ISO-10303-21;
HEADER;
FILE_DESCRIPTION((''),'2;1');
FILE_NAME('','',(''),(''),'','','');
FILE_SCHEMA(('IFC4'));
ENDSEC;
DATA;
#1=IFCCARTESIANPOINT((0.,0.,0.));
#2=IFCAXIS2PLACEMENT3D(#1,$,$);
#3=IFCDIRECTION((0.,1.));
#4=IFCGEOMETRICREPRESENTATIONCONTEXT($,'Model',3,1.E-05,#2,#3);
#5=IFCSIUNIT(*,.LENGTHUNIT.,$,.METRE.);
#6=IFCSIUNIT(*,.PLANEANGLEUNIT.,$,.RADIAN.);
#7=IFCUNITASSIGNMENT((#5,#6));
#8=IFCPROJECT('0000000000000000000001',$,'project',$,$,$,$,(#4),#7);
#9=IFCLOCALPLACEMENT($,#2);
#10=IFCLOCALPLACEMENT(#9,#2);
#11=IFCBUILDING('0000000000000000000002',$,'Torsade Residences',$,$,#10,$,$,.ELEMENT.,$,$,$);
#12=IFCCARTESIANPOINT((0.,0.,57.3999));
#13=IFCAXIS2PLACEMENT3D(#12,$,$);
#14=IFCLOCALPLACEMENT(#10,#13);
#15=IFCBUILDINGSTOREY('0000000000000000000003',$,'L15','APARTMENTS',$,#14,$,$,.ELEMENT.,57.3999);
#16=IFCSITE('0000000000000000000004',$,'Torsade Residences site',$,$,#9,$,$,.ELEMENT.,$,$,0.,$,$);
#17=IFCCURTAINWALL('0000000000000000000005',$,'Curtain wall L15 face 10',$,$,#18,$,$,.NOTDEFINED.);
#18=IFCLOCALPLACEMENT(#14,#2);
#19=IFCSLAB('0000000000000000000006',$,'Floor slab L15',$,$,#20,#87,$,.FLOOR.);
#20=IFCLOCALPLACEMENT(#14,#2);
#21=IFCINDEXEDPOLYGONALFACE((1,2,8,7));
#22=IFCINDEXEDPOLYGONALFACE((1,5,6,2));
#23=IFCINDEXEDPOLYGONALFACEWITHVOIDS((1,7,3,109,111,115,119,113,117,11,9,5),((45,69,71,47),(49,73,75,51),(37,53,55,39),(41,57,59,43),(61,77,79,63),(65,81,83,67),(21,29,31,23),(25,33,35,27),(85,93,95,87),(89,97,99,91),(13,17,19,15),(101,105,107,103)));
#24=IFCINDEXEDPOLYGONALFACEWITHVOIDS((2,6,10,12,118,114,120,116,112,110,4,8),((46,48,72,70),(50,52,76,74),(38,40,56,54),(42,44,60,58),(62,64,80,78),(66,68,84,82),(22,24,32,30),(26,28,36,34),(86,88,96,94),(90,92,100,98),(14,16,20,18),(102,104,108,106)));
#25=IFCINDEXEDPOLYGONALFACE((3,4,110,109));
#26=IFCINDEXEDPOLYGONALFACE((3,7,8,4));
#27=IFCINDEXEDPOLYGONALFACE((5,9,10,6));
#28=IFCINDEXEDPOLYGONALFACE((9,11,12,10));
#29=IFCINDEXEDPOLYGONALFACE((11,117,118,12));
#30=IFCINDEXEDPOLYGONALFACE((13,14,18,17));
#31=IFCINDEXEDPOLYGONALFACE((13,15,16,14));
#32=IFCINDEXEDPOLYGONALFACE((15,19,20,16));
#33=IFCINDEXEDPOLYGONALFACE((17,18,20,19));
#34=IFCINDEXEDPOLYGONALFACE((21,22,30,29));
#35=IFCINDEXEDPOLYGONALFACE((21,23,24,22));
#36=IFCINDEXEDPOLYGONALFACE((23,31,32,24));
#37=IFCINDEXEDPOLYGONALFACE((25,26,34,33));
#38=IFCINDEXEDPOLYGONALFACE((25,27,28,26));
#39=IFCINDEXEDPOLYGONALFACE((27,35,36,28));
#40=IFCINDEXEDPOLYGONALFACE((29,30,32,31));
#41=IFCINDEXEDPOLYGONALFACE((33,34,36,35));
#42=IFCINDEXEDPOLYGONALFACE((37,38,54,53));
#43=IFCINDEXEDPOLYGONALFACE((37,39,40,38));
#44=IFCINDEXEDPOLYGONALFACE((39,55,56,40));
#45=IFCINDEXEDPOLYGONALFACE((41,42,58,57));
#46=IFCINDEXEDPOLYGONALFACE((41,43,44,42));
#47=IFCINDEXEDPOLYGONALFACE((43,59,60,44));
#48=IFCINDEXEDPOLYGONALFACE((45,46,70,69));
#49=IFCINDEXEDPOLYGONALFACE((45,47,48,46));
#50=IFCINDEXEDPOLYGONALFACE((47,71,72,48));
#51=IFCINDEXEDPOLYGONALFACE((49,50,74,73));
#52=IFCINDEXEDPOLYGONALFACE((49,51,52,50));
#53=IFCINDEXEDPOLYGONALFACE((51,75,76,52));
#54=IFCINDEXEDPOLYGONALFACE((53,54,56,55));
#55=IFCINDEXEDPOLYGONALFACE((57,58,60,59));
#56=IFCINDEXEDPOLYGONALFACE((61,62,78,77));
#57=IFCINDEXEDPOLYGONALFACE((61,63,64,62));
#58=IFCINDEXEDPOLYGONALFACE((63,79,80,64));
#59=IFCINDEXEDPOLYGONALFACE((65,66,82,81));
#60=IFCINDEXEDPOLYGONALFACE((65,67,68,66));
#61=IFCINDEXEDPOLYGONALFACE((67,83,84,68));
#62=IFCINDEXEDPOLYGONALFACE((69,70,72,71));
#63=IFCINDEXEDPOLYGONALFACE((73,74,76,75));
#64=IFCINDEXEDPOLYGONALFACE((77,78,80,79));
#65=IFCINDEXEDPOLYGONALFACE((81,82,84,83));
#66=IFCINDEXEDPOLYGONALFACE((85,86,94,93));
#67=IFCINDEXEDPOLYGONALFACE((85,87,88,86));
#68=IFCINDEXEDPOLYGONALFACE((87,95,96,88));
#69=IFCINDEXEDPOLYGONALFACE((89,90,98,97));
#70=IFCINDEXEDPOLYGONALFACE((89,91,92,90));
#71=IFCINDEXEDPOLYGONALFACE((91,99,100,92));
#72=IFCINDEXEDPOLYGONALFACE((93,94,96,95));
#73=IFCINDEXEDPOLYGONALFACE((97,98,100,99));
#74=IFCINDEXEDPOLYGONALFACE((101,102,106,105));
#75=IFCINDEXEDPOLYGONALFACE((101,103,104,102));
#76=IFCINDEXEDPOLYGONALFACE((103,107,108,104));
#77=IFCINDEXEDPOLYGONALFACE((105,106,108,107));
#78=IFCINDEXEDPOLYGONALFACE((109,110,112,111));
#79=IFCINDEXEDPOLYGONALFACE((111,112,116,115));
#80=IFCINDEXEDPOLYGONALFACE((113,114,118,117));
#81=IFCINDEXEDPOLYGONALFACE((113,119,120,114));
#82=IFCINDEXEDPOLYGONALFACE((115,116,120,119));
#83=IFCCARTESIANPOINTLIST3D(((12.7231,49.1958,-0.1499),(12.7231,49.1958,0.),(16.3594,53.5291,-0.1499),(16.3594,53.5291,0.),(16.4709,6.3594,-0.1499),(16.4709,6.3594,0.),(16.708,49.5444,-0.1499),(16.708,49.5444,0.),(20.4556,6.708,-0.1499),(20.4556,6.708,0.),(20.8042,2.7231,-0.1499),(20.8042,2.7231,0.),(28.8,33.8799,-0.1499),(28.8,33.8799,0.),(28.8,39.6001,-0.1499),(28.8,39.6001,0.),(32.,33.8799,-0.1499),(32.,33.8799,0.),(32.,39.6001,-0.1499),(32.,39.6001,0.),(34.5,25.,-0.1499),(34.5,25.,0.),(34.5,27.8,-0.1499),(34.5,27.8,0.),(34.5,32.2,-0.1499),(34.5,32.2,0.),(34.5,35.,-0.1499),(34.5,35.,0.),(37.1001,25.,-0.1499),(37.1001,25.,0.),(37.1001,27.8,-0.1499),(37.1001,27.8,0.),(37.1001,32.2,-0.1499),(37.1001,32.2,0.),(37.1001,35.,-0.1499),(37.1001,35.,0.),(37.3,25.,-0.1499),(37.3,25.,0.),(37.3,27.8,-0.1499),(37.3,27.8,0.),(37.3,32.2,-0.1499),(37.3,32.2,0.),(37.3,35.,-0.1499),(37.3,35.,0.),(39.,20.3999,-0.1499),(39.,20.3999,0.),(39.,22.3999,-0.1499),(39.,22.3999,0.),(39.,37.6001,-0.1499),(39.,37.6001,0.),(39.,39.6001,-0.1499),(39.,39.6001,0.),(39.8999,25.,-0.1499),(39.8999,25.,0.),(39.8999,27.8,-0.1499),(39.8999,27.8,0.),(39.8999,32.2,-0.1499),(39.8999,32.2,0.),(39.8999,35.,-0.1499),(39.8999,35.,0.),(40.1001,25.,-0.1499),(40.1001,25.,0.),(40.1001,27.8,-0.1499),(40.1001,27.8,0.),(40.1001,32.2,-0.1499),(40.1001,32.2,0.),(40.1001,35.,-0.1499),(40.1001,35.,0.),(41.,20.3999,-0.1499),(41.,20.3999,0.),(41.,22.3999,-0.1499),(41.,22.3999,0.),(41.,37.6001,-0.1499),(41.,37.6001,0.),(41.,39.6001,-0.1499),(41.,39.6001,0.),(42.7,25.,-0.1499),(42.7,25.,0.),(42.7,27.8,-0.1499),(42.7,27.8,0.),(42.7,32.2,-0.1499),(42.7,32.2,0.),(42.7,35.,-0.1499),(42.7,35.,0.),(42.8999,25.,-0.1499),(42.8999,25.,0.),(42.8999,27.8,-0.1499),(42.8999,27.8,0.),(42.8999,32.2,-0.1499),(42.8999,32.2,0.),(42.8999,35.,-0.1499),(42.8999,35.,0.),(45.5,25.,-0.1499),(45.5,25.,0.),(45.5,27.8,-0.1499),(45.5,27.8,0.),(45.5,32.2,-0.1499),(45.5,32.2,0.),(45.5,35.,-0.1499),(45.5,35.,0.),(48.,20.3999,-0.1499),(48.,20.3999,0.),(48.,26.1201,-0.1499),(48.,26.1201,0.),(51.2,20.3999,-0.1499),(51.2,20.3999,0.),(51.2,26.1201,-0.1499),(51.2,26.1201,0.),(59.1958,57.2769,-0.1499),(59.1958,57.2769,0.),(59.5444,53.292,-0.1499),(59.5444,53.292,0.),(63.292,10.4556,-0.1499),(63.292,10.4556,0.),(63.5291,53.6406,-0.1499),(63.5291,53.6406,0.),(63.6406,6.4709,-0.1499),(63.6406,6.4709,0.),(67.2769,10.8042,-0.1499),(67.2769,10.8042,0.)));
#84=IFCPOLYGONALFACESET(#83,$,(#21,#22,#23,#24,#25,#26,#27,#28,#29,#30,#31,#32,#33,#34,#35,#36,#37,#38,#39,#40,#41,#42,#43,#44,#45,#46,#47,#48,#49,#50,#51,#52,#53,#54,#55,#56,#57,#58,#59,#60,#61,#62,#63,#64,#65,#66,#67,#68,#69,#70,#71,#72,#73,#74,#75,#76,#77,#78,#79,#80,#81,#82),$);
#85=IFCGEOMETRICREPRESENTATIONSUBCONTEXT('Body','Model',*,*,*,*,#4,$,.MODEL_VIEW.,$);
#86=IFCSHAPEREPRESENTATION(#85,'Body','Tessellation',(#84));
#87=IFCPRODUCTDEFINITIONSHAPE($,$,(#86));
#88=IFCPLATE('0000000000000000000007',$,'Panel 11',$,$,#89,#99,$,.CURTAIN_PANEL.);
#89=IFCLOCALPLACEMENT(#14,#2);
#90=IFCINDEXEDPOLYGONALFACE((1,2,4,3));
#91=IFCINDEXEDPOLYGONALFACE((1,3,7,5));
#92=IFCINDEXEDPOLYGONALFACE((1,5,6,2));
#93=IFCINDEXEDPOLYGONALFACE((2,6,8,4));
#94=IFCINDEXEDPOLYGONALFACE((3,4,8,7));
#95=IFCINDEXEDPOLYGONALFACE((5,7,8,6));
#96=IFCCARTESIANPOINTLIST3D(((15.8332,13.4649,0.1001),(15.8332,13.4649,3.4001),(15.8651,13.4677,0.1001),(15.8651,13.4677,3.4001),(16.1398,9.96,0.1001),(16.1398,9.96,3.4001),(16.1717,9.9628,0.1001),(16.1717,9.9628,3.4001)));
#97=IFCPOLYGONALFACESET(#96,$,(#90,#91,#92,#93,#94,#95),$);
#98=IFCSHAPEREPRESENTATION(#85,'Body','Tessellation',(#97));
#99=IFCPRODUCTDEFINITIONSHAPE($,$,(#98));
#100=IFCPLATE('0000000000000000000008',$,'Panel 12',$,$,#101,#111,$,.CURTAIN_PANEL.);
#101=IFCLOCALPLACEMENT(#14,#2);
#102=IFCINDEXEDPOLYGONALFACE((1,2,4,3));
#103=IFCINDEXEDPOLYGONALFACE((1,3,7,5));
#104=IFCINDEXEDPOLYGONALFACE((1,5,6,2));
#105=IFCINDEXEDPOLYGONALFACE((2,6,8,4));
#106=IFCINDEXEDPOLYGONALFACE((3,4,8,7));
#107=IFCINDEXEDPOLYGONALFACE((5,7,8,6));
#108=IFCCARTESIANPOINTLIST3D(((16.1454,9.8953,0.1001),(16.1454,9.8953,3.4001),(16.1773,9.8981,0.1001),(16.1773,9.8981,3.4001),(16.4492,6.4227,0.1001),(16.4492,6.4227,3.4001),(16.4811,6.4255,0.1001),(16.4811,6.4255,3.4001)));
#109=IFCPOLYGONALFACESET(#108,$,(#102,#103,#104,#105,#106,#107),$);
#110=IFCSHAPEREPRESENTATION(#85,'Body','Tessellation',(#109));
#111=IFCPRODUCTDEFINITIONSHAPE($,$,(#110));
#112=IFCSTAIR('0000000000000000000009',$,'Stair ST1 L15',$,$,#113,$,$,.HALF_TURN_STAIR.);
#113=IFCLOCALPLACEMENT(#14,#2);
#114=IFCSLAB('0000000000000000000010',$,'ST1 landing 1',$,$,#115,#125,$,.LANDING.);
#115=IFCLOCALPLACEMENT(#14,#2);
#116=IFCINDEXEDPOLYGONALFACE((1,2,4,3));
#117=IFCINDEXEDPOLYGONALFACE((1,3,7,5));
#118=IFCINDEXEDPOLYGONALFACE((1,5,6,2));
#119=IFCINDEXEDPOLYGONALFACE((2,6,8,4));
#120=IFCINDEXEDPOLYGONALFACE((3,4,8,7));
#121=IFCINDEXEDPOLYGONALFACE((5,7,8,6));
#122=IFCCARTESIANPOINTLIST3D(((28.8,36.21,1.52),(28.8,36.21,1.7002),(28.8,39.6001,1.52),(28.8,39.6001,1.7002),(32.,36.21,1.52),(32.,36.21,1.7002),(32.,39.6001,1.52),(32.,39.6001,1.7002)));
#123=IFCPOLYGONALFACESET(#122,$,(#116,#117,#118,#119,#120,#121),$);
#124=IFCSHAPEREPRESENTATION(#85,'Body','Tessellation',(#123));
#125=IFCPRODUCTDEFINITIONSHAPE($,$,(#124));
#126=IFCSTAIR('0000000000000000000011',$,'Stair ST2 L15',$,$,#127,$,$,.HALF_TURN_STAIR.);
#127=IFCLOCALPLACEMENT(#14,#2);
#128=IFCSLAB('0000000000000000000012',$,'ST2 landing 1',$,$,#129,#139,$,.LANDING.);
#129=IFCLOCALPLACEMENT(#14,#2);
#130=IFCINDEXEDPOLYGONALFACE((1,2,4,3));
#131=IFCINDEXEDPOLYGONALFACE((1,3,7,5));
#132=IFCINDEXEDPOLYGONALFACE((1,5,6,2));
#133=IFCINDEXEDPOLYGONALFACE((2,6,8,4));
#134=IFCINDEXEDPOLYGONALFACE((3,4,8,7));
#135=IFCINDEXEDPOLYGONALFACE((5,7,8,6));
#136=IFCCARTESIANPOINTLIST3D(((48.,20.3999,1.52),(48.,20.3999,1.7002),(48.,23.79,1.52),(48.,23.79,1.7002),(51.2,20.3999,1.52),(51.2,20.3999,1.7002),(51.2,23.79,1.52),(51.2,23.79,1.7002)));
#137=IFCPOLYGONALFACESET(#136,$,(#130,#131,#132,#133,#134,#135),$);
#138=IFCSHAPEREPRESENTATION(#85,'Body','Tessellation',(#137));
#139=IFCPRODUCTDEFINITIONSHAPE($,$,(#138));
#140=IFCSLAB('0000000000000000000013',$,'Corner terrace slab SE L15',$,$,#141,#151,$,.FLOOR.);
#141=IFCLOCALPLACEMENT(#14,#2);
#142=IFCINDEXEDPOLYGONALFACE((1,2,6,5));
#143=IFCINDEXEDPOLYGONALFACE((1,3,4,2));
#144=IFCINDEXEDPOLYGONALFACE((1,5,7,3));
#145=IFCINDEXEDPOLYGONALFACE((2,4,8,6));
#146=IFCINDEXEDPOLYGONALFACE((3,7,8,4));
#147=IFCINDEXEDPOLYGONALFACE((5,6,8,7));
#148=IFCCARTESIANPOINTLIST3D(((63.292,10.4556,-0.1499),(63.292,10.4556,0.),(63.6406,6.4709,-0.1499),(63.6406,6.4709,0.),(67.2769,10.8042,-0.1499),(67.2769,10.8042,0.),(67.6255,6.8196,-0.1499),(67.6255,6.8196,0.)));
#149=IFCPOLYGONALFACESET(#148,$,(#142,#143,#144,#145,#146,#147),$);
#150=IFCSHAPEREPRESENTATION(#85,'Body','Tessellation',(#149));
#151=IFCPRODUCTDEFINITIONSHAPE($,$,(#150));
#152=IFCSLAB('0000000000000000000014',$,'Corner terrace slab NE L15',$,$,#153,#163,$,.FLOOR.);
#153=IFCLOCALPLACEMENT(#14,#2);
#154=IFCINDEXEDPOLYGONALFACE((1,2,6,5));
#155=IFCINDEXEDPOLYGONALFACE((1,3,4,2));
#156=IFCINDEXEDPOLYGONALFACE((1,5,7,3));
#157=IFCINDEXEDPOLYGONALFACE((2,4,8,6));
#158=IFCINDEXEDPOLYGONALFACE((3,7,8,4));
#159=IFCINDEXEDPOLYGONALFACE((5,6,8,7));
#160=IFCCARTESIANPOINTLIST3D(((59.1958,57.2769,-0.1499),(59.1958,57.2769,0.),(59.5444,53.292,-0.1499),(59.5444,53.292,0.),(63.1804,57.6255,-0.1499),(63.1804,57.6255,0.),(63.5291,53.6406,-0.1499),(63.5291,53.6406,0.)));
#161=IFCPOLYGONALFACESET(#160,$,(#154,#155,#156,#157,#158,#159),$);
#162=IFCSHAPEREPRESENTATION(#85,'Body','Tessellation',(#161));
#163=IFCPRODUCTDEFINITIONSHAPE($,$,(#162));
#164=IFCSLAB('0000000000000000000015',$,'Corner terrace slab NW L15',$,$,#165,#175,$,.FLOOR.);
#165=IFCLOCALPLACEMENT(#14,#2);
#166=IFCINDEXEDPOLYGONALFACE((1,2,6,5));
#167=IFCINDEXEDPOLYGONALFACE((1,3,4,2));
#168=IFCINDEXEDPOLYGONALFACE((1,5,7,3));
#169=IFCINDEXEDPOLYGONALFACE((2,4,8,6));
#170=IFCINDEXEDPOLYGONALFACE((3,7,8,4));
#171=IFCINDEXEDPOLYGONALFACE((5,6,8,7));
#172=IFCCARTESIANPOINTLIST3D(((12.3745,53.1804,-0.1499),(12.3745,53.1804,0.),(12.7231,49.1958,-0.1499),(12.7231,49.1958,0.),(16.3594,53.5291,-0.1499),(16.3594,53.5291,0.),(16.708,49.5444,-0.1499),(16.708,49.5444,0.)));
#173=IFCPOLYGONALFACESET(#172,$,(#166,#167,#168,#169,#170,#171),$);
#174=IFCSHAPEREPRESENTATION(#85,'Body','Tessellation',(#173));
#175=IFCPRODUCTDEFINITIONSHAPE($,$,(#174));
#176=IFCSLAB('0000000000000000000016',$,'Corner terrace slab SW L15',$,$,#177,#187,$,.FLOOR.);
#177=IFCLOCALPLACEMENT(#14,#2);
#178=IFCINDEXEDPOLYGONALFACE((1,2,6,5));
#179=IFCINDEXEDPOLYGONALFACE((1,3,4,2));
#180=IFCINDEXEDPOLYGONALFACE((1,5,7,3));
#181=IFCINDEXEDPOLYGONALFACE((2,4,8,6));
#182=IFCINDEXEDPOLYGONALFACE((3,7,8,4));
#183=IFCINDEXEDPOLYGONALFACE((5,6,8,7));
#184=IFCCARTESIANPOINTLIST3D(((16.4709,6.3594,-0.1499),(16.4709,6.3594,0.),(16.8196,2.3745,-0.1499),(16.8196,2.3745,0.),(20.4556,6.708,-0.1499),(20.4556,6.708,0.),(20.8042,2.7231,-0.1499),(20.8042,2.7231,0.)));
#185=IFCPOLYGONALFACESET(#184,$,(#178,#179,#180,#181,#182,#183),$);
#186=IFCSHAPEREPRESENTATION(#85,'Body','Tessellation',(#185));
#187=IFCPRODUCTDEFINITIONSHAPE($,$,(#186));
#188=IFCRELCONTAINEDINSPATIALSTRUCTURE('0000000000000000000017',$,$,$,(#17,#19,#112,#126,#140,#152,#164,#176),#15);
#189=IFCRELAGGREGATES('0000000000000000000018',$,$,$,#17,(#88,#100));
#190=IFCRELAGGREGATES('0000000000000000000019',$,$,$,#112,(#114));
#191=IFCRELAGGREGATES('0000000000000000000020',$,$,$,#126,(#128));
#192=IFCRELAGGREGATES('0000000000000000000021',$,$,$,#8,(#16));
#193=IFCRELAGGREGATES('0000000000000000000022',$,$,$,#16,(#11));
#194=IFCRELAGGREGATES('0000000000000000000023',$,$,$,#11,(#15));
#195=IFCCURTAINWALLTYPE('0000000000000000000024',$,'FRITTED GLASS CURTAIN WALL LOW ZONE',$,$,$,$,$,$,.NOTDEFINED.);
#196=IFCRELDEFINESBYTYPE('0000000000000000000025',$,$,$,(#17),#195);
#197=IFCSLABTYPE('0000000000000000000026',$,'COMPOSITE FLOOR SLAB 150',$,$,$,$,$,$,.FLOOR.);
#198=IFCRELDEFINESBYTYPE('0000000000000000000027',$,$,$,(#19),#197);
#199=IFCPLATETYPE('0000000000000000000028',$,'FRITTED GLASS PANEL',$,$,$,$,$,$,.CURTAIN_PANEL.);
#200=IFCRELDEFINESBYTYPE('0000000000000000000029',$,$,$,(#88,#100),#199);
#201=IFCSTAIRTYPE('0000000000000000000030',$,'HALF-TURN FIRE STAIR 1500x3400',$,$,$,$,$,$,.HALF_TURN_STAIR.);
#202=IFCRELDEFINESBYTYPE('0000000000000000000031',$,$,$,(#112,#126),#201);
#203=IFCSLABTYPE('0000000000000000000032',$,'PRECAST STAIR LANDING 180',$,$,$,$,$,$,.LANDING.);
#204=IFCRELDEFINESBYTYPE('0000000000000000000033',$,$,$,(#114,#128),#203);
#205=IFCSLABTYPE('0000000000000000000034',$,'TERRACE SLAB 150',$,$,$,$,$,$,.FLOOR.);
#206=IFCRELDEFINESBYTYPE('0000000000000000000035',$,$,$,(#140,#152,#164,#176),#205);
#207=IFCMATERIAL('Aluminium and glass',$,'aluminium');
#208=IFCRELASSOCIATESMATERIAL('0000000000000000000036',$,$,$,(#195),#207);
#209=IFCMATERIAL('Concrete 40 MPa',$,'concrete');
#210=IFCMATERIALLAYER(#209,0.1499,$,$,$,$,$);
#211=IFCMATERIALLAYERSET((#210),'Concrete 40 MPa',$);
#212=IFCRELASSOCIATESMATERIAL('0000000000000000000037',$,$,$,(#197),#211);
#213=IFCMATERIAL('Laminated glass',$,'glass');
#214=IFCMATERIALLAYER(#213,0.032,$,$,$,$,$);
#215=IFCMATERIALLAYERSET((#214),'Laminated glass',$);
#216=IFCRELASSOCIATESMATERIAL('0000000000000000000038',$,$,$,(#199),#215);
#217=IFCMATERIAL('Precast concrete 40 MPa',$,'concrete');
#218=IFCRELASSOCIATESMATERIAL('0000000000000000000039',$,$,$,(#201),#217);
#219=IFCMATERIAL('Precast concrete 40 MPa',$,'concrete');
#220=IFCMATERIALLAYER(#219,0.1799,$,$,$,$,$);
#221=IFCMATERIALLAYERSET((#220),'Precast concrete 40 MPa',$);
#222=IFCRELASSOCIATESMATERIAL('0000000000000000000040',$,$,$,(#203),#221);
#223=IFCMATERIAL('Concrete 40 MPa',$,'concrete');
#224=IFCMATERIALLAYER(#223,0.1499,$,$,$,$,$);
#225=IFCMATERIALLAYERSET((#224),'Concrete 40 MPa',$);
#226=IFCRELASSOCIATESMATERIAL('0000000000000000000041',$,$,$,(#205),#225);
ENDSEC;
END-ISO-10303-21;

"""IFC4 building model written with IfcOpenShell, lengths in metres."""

from ifc_helpers import new_model, si_unit, direction, frame, origin, origin_2d, place, context, subcontext, project, spatial, polyline, rectangle, outline, extrude, material, layer, layer_set, type_object, element, aggregate, save


model = new_model("IFC4")

# Units and contexts
model_context = context("Model", 3, precision=1e-05, world=origin(), true_north=direction((0.0, 1.0)))
body_context = subcontext(model_context, "Body", "Model", "MODEL_VIEW")
ifc_project = project(units=[si_unit("LENGTHUNIT", "METRE"), si_unit("PLANEANGLEUNIT", "RADIAN")], contexts=[model_context])

# Site, building, storey
site_placement = place(None, origin())
site = spatial("IfcSite", under=ifc_project, at=site_placement, Name="Torsade Residences site", CompositionType="ELEMENT", RefElevation=0.0)
building_placement = place(site_placement, origin())
building = spatial("IfcBuilding", under=site, at=building_placement, Name="Torsade Residences", CompositionType="ELEMENT")
storey_placement = place(building_placement, frame((0.0, 0.0, 57.3999)))
storey = spatial("IfcBuildingStorey", under=building, at=storey_placement, Name="L15", Description="APARTMENTS", CompositionType="ELEMENT", Elevation=57.3999)

# Shared definitions
ifc_material_1 = material(Name="Aluminium and glass", Category="aluminium")
curtain_wall_type = type_object("IfcCurtainWallType", Name="FRITTED GLASS CURTAIN WALL LOW ZONE", PredefinedType="NOTDEFINED", material=ifc_material_1)

# Curtain wall
curtain_wall_1_placement = place(storey_placement, origin())
curtain_wall_1 = element("IfcCurtainWall", 1, at=curtain_wall_1_placement, inside=storey, type_object=curtain_wall_type, Name="Curtain wall L15 face 10", PredefinedType="NOTDEFINED")

# Slab
ifc_material_2 = material(Name="Concrete 40 MPa", Category="concrete")
ifc_layer_1 = layer(ifc_material_2, 0.1499)
ifc_layer_set_1 = layer_set([ifc_layer_1], Name="Concrete 40 MPa")
slab_type_1 = type_object("IfcSlabType", Name="COMPOSITE FLOOR SLAB 150", PredefinedType="FLOOR", material=ifc_layer_set_1)
slab_1_placement = place(storey_placement, frame((0.0, 0.0, -0.1499)))
element("IfcSlab", 2, at=slab_1_placement, inside=storey, type_object=slab_type_1, Name="Floor slab L15", PredefinedType="FLOOR", context=body_context, shape_type="SweptSolid", body=[
    extrude(outline(polyline([(20.8042, 2.7231), (63.6406, 6.4709), (63.292, 10.4556), (67.2769, 10.8042), (63.5291, 53.6406), (59.5444, 53.292), (59.1958, 57.2769), (16.3594, 53.5291), (16.708, 49.5444), (12.7231, 49.1958), (16.4709, 6.3594), (20.4556, 6.708), (20.8042, 2.7231)]), holes=[polyline([(51.2, 20.3999), (51.2, 26.1201), (48.0, 26.1201), (48.0, 20.3999), (51.2, 20.3999)]), polyline([(45.5, 27.8), (42.8999, 27.8), (42.8999, 25.0), (45.5, 25.0), (45.5, 27.8)]), polyline([(45.5, 32.2), (45.5, 35.0), (42.8999, 35.0), (42.8999, 32.2), (45.5, 32.2)]), polyline([(42.7, 25.0), (42.7, 27.8), (40.1001, 27.8), (40.1001, 25.0), (42.7, 25.0)]), polyline([(42.7, 32.2), (42.7, 35.0), (40.1001, 35.0), (40.1001, 32.2), (42.7, 32.2)]), polyline([(41.0, 22.3999), (39.0, 22.3999), (39.0, 20.3999), (41.0, 20.3999), (41.0, 22.3999)]), polyline([(41.0, 37.6001), (41.0, 39.6001), (39.0, 39.6001), (39.0, 37.6001), (41.0, 37.6001)]), polyline([(39.8999, 25.0), (39.8999, 27.8), (37.3, 27.8), (37.3, 25.0), (39.8999, 25.0)]), polyline([(39.8999, 35.0), (37.3, 35.0), (37.3, 32.2), (39.8999, 32.2), (39.8999, 35.0)]), polyline([(37.1001, 27.8), (34.5, 27.8), (34.5, 25.0), (37.1001, 25.0), (37.1001, 27.8)]), polyline([(37.1001, 32.2), (37.1001, 35.0), (34.5, 35.0), (34.5, 32.2), (37.1001, 32.2)]), polyline([(32.0, 33.8799), (32.0, 39.6001), (28.8, 39.6001), (28.8, 33.8799), (32.0, 33.8799)])]), origin(), (0.0, 0.0, 1.0), 0.1499),
])

# Plates
ifc_material_3 = material(Name="Laminated glass", Category="glass")
ifc_layer_2 = layer(ifc_material_3, 0.032)
ifc_layer_set_2 = layer_set([ifc_layer_2], Name="Laminated glass")
plate_type = type_object("IfcPlateType", Name="FRITTED GLASS PANEL", PredefinedType="CURTAIN_PANEL", material=ifc_layer_set_2)
plate_1_placement = place(storey_placement, frame((16.0024, 11.7139, 0.1001), z_axis=(0.0, 0.0, 1.0), x_axis=(0.087156, -0.996195, 0.0)))
plate_1 = element("IfcPlate", 3, at=plate_1_placement, type_object=plate_type, Name="Panel 11", PredefinedType="CURTAIN_PANEL", context=body_context, shape_type="SweptSolid", body=[
    extrude(rectangle(XDim=3.5183, YDim=0.032, at=origin_2d()), origin(), (0.0, 0.0, 1.0), 3.3),
])
plate_2_placement = place(storey_placement, frame((16.3132, 8.1604, 0.1001), z_axis=(0.0, 0.0, 1.0), x_axis=(0.087156, -0.996195, 0.0)))
plate_2 = element("IfcPlate", 4, at=plate_2_placement, type_object=plate_type, Name="Panel 12", PredefinedType="CURTAIN_PANEL", context=body_context, shape_type="SweptSolid", body=[
    extrude(rectangle(XDim=3.4858, YDim=0.032, at=origin_2d()), origin(), (0.0, 0.0, 1.0), 3.3),
])
aggregate(curtain_wall_1, [plate_1, plate_2])

# Stairs, slabs
ifc_material_4 = material(Name="Precast concrete 40 MPa", Category="concrete")
stair_type = type_object("IfcStairType", Name="HALF-TURN FIRE STAIR 1500x3400", PredefinedType="HALF_TURN_STAIR", material=ifc_material_4)
stair_1_placement = place(storey_placement, origin())
stair_1 = element("IfcStair", 5, at=stair_1_placement, inside=storey, type_object=stair_type, Name="Stair ST1 L15", PredefinedType="HALF_TURN_STAIR")
ifc_material_5 = material(Name="Precast concrete 40 MPa", Category="concrete")
ifc_layer_3 = layer(ifc_material_5, 0.1799)
ifc_layer_set_3 = layer_set([ifc_layer_3], Name="Precast concrete 40 MPa")
slab_type_2 = type_object("IfcSlabType", Name="PRECAST STAIR LANDING 180", PredefinedType="LANDING", material=ifc_layer_set_3)
slab_2_placement = place(storey_placement, frame((0.0, 0.0, 1.52)))
slab_2 = element("IfcSlab", 6, at=slab_2_placement, type_object=slab_type_2, Name="ST1 landing 1", PredefinedType="LANDING", context=body_context, shape_type="SweptSolid", body=[
    extrude(outline(polyline([(28.8, 36.21), (32.0, 36.21), (32.0, 39.6001), (28.8, 39.6001), (28.8, 36.21)])), origin(), (0.0, 0.0, 1.0), 0.1802),
])
aggregate(stair_1, [slab_2])
stair_2_placement = place(storey_placement, origin())
stair_2 = element("IfcStair", 7, at=stair_2_placement, inside=storey, type_object=stair_type, Name="Stair ST2 L15", PredefinedType="HALF_TURN_STAIR")
slab_3_placement = place(storey_placement, frame((0.0, 0.0, 1.52)))
slab_3 = element("IfcSlab", 8, at=slab_3_placement, type_object=slab_type_2, Name="ST2 landing 1", PredefinedType="LANDING", context=body_context, shape_type="SweptSolid", body=[
    extrude(outline(polyline([(48.0, 20.3999), (51.2, 20.3999), (51.2, 23.79), (48.0, 23.79), (48.0, 20.3999)])), origin(), (0.0, 0.0, 1.0), 0.1802),
])
aggregate(stair_2, [slab_3])

# Slabs
ifc_material_6 = material(Name="Concrete 40 MPa", Category="concrete")
ifc_layer_4 = layer(ifc_material_6, 0.1499)
ifc_layer_set_4 = layer_set([ifc_layer_4], Name="Concrete 40 MPa")
slab_type_3 = type_object("IfcSlabType", Name="TERRACE SLAB 150", PredefinedType="FLOOR", material=ifc_layer_set_4)
slab_4_placement = place(storey_placement, frame((0.0, 0.0, -0.1499)))
element("IfcSlab", 9, at=slab_4_placement, inside=storey, type_object=slab_type_3, Name="Corner terrace slab SE L15", PredefinedType="FLOOR", context=body_context, shape_type="SweptSolid", body=[
    extrude(outline(polyline([(63.6406, 6.4709), (67.6255, 6.8196), (67.2769, 10.8042), (63.292, 10.4556), (63.6406, 6.4709)])), origin(), (0.0, 0.0, 1.0), 0.1499),
])
slab_5_placement = place(storey_placement, frame((0.0, 0.0, -0.1499)))
element("IfcSlab", 10, at=slab_5_placement, inside=storey, type_object=slab_type_3, Name="Corner terrace slab NE L15", PredefinedType="FLOOR", context=body_context, shape_type="SweptSolid", body=[
    extrude(outline(polyline([(59.5444, 53.292), (63.5291, 53.6406), (63.1804, 57.6255), (59.1958, 57.2769), (59.5444, 53.292)])), origin(), (0.0, 0.0, 1.0), 0.1499),
])
slab_6_placement = place(storey_placement, frame((0.0, 0.0, -0.1499)))
element("IfcSlab", 11, at=slab_6_placement, inside=storey, type_object=slab_type_3, Name="Corner terrace slab NW L15", PredefinedType="FLOOR", context=body_context, shape_type="SweptSolid", body=[
    extrude(outline(polyline([(12.7231, 49.1958), (16.708, 49.5444), (16.3594, 53.5291), (12.3745, 53.1804), (12.7231, 49.1958)])), origin(), (0.0, 0.0, 1.0), 0.1499),
])
slab_7_placement = place(storey_placement, frame((0.0, 0.0, -0.1499)))
element("IfcSlab", 12, at=slab_7_placement, inside=storey, type_object=slab_type_3, Name="Corner terrace slab SW L15", PredefinedType="FLOOR", context=body_context, shape_type="SweptSolid", body=[
    extrude(outline(polyline([(16.8196, 2.3745), (20.8042, 2.7231), (20.4556, 6.708), (16.4709, 6.3594), (16.8196, 2.3745)])), origin(), (0.0, 0.0, 1.0), 0.1499),
])

save(model, "model.ifc")
